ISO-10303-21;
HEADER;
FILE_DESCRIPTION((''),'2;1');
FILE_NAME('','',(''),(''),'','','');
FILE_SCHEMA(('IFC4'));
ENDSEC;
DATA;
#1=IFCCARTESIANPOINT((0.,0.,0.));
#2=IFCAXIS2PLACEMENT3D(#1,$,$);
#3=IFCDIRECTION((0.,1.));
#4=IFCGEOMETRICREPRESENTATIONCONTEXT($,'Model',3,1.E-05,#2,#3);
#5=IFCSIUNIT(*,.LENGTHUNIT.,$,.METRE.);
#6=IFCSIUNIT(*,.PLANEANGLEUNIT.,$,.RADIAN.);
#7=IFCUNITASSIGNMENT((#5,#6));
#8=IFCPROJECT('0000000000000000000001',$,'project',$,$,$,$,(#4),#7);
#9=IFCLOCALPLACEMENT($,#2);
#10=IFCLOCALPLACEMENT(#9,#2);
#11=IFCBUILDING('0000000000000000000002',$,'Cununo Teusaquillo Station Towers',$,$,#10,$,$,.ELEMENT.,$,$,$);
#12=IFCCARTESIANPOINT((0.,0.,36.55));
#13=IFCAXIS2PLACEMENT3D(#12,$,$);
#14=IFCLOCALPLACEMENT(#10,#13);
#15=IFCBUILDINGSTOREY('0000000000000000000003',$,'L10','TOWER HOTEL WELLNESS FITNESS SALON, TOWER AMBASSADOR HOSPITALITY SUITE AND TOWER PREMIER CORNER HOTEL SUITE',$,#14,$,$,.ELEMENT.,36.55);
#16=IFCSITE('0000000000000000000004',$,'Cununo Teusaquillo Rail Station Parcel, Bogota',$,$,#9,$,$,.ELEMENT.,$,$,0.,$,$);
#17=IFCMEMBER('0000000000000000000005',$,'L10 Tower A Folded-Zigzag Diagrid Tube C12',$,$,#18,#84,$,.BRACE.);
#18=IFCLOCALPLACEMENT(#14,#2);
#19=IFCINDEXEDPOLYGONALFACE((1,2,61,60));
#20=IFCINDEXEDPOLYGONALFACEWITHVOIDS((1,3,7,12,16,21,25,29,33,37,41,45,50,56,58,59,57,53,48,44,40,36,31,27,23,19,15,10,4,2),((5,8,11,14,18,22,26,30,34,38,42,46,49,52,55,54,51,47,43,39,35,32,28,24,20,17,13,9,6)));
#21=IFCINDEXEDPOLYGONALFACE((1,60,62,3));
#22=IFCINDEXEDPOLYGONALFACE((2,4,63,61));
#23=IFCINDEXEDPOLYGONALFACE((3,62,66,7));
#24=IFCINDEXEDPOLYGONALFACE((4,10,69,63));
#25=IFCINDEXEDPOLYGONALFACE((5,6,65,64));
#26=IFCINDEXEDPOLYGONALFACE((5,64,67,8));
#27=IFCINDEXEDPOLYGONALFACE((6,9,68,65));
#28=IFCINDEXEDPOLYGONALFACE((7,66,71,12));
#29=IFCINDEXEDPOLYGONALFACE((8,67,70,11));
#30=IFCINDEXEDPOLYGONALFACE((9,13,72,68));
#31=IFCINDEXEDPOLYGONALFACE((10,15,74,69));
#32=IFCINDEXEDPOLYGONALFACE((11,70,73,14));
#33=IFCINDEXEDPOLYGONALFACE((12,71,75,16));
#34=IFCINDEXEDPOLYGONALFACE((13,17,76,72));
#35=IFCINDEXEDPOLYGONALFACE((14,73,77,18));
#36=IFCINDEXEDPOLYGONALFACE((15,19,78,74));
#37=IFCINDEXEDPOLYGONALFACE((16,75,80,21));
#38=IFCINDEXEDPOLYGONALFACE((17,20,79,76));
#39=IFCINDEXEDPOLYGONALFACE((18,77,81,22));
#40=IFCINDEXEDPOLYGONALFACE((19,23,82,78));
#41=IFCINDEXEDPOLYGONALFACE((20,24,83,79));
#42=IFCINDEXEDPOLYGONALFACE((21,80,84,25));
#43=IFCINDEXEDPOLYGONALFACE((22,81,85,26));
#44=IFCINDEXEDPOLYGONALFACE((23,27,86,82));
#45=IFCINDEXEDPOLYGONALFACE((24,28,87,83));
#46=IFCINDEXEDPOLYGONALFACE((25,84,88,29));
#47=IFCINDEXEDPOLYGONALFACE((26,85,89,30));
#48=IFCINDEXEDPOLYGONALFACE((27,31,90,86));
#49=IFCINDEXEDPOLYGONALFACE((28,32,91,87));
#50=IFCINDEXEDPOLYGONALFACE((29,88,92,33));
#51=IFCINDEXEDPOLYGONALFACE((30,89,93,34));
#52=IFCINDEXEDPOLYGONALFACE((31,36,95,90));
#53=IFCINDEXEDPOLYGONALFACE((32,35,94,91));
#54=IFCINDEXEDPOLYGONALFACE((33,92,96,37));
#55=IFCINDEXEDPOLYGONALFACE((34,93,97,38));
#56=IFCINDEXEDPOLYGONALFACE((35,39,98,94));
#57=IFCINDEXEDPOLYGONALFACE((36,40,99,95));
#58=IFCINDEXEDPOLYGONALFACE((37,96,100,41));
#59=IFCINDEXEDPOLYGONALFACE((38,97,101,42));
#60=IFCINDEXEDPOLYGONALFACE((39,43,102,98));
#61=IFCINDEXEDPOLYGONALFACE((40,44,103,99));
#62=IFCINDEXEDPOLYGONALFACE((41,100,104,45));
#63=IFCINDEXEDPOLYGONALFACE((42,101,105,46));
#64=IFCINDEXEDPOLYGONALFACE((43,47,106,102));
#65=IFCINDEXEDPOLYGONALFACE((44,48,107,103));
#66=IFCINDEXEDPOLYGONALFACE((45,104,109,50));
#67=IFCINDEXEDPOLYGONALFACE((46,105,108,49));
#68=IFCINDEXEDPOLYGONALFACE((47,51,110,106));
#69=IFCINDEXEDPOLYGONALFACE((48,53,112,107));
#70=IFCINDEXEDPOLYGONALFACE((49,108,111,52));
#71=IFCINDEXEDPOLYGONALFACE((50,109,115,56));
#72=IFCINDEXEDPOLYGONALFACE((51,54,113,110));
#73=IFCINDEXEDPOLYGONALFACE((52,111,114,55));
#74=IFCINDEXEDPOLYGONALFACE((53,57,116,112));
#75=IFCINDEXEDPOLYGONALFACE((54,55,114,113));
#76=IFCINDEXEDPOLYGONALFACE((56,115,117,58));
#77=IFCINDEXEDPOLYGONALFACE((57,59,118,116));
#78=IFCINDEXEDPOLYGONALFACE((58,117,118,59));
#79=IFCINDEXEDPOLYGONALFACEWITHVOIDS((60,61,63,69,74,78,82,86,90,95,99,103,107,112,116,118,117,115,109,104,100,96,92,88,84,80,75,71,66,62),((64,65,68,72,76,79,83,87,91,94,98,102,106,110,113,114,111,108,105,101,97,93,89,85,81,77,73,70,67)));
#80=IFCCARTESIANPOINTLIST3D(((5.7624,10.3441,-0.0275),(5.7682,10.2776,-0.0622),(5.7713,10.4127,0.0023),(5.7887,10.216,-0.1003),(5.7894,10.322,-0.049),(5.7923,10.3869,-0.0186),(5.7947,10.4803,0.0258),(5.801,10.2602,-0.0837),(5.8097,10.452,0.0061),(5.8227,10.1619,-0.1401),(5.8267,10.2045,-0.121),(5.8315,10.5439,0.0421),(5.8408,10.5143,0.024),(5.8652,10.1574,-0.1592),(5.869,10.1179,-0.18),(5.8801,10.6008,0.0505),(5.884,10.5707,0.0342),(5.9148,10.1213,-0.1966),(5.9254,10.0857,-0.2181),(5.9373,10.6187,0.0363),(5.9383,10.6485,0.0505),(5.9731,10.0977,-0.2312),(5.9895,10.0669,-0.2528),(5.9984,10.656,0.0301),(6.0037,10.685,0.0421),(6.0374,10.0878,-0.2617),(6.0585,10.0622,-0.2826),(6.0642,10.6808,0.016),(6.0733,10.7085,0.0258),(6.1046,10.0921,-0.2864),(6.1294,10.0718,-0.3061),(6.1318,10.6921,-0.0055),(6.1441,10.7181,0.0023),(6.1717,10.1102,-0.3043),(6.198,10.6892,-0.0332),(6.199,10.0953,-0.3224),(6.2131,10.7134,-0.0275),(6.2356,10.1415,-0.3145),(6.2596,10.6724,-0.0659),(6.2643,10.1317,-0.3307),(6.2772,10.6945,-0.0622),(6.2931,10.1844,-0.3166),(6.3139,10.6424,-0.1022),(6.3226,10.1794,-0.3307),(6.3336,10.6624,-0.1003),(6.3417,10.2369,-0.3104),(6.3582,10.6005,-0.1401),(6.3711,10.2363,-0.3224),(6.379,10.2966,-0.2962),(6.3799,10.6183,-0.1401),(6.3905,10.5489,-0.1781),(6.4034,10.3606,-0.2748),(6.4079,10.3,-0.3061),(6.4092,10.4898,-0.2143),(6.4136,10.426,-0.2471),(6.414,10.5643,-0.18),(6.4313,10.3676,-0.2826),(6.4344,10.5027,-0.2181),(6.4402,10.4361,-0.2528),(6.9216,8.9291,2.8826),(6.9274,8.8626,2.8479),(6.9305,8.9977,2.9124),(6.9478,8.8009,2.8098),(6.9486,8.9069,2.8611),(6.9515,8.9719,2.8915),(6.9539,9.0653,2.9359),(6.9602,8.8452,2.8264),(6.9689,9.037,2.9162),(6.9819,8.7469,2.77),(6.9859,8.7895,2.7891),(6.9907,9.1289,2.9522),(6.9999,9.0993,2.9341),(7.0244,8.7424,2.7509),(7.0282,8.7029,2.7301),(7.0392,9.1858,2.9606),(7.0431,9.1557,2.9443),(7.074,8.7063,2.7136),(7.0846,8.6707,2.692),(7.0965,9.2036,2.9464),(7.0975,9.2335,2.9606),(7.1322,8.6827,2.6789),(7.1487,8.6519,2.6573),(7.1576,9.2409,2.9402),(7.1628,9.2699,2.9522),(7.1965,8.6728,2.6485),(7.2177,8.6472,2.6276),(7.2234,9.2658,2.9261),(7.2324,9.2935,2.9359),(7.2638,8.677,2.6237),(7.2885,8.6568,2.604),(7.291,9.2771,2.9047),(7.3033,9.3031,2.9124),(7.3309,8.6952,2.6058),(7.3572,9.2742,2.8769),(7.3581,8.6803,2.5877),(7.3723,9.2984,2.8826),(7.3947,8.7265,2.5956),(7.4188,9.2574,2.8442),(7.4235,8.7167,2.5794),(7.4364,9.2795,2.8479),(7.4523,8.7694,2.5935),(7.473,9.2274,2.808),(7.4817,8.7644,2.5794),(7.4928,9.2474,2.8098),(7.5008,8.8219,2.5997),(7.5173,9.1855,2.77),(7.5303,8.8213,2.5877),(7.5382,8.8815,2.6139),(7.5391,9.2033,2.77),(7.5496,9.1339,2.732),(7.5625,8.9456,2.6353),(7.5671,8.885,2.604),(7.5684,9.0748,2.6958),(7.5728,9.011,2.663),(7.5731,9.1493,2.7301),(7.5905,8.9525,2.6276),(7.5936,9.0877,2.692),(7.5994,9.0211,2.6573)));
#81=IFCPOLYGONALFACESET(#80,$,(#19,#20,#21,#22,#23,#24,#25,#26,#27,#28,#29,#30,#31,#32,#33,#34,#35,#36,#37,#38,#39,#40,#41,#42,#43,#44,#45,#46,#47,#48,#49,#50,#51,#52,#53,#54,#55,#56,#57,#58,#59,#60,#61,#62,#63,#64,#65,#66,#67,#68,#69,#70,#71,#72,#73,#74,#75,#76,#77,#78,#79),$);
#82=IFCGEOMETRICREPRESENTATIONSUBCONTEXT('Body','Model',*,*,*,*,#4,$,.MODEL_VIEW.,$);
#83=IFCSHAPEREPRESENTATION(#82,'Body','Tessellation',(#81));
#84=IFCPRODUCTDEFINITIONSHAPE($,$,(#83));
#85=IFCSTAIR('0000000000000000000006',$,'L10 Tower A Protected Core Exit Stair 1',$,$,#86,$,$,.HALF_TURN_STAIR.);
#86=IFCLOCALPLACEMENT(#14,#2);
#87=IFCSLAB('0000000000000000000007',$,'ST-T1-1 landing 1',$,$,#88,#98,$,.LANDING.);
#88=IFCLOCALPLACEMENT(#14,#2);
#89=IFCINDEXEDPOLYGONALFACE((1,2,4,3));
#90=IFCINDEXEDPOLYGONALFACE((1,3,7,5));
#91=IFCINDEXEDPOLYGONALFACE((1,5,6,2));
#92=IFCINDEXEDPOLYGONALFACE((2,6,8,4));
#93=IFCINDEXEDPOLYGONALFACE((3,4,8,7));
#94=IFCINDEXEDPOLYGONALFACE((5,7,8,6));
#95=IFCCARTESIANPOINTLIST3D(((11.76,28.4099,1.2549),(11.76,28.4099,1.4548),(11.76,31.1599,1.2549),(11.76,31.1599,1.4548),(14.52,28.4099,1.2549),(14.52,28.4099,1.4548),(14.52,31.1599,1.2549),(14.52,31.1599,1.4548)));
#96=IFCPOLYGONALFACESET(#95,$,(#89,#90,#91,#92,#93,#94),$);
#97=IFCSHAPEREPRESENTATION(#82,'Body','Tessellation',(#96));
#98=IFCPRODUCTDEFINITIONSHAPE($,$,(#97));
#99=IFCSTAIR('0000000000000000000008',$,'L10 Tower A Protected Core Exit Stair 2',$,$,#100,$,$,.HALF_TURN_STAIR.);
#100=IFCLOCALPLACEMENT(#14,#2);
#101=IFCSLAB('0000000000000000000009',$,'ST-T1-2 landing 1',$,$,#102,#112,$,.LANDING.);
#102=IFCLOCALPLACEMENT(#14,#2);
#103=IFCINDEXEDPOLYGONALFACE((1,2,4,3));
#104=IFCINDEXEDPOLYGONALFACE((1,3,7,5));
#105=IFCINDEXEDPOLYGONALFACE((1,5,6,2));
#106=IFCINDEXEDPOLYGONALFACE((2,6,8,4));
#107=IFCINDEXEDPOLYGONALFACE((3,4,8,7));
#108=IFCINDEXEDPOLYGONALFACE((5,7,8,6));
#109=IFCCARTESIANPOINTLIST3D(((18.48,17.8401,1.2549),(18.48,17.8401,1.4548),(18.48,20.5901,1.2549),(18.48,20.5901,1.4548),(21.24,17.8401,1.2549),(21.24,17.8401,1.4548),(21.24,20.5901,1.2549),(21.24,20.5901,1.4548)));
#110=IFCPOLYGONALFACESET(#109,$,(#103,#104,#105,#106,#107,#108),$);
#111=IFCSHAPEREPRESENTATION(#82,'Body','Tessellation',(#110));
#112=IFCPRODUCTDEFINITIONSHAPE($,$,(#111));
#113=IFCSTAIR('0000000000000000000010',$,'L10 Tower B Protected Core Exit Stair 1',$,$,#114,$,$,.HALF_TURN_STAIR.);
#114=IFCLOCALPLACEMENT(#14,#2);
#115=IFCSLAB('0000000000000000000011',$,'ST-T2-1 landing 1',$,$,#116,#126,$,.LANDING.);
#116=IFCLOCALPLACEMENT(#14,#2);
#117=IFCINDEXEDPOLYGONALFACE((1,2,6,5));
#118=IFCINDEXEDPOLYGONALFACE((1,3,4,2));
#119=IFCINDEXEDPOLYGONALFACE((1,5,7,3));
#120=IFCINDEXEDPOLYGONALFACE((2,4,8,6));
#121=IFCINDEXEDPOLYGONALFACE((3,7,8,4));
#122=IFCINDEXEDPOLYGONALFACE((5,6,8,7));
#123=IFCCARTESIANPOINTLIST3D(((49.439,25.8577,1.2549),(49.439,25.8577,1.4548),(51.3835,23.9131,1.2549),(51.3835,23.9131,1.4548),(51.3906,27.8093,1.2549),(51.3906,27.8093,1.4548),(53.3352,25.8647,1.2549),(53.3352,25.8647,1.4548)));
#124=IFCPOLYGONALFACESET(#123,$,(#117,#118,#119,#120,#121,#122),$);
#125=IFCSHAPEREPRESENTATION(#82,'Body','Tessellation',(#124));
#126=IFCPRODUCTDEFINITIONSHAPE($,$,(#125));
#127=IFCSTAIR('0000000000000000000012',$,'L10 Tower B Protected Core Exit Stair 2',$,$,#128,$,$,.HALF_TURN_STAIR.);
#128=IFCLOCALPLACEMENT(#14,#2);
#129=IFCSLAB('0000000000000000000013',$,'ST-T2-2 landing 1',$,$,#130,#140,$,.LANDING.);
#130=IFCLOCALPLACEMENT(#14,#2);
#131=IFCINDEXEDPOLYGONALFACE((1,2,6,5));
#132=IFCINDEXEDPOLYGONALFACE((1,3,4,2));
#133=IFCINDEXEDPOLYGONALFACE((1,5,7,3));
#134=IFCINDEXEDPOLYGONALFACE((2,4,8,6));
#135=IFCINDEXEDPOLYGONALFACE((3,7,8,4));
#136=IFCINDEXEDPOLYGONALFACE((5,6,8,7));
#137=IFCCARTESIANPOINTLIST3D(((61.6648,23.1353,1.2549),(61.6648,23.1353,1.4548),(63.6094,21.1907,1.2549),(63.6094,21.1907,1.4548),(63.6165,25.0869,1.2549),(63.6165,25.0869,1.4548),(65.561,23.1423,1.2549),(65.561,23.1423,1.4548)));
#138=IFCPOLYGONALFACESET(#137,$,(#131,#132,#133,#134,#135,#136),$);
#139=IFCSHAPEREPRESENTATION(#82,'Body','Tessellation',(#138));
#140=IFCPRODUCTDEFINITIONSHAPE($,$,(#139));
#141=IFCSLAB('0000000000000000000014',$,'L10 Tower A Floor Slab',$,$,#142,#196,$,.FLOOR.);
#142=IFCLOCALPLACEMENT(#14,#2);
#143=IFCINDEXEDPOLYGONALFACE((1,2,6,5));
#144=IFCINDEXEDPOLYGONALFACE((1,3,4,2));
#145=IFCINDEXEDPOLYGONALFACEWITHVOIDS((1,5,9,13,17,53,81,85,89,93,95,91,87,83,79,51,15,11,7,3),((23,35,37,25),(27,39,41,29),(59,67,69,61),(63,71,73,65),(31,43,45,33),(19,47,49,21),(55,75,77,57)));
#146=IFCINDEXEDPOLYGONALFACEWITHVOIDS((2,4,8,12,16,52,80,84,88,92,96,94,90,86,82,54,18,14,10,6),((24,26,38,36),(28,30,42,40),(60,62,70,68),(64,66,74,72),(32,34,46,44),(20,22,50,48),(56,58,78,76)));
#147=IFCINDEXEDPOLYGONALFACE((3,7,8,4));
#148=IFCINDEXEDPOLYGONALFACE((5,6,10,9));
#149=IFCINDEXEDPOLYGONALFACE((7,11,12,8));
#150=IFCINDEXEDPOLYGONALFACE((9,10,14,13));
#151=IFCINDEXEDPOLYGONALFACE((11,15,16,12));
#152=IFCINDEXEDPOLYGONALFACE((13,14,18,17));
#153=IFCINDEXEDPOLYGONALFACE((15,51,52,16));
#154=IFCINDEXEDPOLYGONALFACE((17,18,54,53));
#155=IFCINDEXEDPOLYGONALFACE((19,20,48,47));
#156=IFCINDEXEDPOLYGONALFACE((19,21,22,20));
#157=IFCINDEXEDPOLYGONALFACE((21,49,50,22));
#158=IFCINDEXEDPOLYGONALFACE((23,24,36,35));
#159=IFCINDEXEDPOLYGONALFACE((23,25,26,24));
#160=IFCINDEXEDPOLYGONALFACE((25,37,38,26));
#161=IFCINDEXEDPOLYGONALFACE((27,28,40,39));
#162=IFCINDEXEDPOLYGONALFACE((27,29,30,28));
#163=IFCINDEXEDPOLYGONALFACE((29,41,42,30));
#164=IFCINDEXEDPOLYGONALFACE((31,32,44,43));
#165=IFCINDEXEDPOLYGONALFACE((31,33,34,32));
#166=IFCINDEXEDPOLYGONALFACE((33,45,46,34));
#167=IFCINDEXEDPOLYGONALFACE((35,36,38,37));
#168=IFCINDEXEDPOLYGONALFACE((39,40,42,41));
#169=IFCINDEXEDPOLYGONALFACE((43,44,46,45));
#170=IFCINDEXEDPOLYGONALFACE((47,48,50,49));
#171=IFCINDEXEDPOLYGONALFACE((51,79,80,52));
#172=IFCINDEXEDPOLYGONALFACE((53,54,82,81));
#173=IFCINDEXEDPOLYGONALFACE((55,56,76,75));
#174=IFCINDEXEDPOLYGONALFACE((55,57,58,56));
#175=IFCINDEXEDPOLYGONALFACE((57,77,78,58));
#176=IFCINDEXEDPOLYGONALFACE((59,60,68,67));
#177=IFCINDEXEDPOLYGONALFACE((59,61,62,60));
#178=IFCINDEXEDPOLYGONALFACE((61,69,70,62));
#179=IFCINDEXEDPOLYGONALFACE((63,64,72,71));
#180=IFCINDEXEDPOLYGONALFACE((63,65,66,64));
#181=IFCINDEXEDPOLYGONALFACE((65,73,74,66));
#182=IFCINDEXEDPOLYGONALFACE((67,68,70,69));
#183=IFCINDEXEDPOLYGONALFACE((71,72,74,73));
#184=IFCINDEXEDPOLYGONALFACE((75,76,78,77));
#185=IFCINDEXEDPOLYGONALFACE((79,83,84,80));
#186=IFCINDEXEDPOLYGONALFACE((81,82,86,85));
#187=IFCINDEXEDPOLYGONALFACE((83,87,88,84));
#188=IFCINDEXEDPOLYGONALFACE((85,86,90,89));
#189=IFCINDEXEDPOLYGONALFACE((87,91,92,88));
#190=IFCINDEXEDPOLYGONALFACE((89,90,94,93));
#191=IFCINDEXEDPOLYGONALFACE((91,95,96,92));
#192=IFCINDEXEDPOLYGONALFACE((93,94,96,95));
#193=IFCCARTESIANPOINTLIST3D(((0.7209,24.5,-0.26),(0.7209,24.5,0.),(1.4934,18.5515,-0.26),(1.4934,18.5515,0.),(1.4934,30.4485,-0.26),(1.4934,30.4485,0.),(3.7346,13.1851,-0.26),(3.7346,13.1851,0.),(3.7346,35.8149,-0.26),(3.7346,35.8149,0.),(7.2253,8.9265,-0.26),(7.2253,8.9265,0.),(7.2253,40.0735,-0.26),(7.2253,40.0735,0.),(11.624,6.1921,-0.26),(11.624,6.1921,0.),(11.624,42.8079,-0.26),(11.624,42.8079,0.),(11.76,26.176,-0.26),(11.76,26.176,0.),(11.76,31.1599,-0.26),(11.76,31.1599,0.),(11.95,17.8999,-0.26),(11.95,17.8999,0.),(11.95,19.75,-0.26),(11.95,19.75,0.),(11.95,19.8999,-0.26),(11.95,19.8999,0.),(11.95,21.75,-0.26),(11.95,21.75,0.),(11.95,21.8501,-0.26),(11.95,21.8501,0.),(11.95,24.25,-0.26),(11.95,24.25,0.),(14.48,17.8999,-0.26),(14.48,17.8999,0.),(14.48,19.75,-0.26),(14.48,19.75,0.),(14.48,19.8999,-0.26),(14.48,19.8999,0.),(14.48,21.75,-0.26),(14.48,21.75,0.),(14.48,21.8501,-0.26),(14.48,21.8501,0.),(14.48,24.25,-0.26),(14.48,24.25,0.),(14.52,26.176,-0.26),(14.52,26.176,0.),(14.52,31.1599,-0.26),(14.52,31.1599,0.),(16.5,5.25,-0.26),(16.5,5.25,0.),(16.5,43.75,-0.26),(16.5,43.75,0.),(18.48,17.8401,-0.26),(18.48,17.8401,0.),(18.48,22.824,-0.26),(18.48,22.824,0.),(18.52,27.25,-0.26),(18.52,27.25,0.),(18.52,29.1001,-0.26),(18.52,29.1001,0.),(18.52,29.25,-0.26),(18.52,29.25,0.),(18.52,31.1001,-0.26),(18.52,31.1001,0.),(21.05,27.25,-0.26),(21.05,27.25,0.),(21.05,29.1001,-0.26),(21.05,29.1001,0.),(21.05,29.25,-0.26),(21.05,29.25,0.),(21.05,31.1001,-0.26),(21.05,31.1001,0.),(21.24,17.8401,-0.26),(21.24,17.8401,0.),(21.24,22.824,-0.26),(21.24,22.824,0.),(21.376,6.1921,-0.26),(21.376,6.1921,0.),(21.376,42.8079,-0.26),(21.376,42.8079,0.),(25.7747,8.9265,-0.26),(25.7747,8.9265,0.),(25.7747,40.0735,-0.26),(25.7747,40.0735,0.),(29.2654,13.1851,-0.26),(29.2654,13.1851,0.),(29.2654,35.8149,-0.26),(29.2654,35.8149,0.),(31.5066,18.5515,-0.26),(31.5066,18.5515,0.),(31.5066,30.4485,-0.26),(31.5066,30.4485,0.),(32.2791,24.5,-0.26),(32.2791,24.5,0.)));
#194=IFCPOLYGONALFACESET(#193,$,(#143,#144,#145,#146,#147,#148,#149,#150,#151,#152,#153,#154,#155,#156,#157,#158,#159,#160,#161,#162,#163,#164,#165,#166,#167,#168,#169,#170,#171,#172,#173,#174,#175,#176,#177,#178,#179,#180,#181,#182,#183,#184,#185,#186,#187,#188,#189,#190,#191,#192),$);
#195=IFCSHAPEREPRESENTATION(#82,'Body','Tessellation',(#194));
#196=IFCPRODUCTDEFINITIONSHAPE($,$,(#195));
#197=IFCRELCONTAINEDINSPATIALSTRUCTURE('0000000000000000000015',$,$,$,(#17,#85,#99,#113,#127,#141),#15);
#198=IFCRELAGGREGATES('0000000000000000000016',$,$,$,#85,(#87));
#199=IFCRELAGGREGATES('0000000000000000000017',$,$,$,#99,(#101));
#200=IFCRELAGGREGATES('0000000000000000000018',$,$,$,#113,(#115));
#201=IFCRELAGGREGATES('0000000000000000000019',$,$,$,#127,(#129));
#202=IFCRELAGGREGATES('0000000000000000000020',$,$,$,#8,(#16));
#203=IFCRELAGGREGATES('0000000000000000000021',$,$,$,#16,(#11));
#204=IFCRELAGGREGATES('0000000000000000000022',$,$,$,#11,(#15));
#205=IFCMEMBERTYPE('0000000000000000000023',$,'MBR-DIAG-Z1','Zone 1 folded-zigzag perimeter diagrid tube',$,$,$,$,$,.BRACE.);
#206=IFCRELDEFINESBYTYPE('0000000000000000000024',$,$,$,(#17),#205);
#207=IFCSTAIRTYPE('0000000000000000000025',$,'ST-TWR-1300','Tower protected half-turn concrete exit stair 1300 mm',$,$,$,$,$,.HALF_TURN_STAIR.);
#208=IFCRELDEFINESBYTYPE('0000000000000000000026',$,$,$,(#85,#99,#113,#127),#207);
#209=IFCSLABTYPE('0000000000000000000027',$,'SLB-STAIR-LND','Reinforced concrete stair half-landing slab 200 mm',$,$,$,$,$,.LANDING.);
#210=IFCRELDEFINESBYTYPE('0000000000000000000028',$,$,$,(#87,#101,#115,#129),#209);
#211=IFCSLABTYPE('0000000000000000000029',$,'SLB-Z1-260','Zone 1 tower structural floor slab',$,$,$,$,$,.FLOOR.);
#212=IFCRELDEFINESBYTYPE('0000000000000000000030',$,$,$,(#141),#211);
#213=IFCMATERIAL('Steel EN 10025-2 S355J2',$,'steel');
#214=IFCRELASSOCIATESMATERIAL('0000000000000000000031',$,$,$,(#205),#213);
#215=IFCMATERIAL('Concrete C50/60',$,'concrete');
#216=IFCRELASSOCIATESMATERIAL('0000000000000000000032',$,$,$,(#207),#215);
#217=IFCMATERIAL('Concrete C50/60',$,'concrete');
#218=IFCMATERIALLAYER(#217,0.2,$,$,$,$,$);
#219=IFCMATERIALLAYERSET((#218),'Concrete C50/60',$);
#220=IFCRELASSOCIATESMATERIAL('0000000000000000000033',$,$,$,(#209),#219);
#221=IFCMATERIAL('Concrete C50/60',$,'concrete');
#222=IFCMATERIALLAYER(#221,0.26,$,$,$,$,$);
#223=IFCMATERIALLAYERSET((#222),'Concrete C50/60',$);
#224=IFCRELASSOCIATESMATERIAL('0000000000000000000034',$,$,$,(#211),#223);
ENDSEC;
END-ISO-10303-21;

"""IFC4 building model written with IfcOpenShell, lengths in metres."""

from ifc_helpers import new_model, si_unit, direction, frame, origin, origin_2d, place, context, subcontext, project, spatial, polyline, hollow_circle, outline, extrude, material, layer, layer_set, material_profile, profile_set, type_object, element, aggregate, save


model = new_model("IFC4")

# Units and contexts
model_context = context("Model", 3, precision=1e-05, world=origin(), true_north=direction((0.0, 1.0)))
body_context = subcontext(model_context, "Body", "Model", "MODEL_VIEW")
ifc_project = project(units=[si_unit("LENGTHUNIT", "METRE"), si_unit("PLANEANGLEUNIT", "RADIAN")], contexts=[model_context])

# Site, building, storey
site_placement = place(None, origin())
site = spatial("IfcSite", under=ifc_project, at=site_placement, Name="Cununo Teusaquillo Rail Station Parcel, Bogota", CompositionType="ELEMENT", RefElevation=0.0)
building_placement = place(site_placement, origin())
building = spatial("IfcBuilding", under=site, at=building_placement, Name="Cununo Teusaquillo Station Towers", CompositionType="ELEMENT")
storey_placement = place(building_placement, frame((0.0, 0.0, 36.55)))
storey = spatial("IfcBuildingStorey", under=building, at=storey_placement, Name="L10", Description="TOWER HOTEL WELLNESS FITNESS SALON, TOWER AMBASSADOR HOSPITALITY SUITE AND TOWER PREMIER CORNER HOTEL SUITE", CompositionType="ELEMENT", Elevation=36.55)

# Member
ifc_material_1 = material(Name="Steel EN 10025-2 S355J2", Category="steel")
ifc_material_profile_1 = material_profile(ifc_material_1, hollow_circle(Radius=0.3601, WallThickness=0.0281, at=origin_2d()), Name="CHS 720x28")
ifc_profile_set_1 = profile_set([ifc_material_profile_1], Name="Steel EN 10025-2 S355J2")
member_type = type_object("IfcMemberType", Name="MBR-DIAG-Z1", Description="Zone 1 folded-zigzag perimeter diagrid tube", PredefinedType="BRACE", material=ifc_profile_set_1)
member_placement = place(storey_placement, frame((6.1013, 10.3901, -0.1401), z_axis=(0.337235, -0.411671, 0.84664), x_axis=(0.773577, 0.633703, 0.0)))
element("IfcMember", 1, at=member_placement, inside=storey, type_object=member_type, Name="L10 Tower A Folded-Zigzag Diagrid Tube C12", PredefinedType="BRACE", context=body_context, shape_type="SweptSolid", body=[
    extrude(hollow_circle(Radius=0.3601, WallThickness=0.0281, at=origin_2d()), origin(), (0.0, 0.0, 1.0), 3.4373),
])

# Stairs, slabs
ifc_material_2 = material(Name="Concrete C50/60", Category="concrete")
stair_type = type_object("IfcStairType", Name="ST-TWR-1300", Description="Tower protected half-turn concrete exit stair 1300 mm", PredefinedType="HALF_TURN_STAIR", material=ifc_material_2)
stair_1_placement = place(storey_placement, origin())
stair_1 = element("IfcStair", 2, at=stair_1_placement, inside=storey, type_object=stair_type, Name="L10 Tower A Protected Core Exit Stair 1", PredefinedType="HALF_TURN_STAIR")
ifc_material_3 = material(Name="Concrete C50/60", Category="concrete")
ifc_layer_1 = layer(ifc_material_3, 0.2)
ifc_layer_set_1 = layer_set([ifc_layer_1], Name="Concrete C50/60")
slab_type_1 = type_object("IfcSlabType", Name="SLB-STAIR-LND", Description="Reinforced concrete stair half-landing slab 200 mm", PredefinedType="LANDING", material=ifc_layer_set_1)
slab_1_placement = place(storey_placement, frame((0.0, 0.0, 1.2549)))
slab_1 = element("IfcSlab", 3, at=slab_1_placement, type_object=slab_type_1, Name="ST-T1-1 landing 1", PredefinedType="LANDING", context=body_context, shape_type="SweptSolid", body=[
    extrude(outline(polyline([(14.52, 28.4099), (14.52, 31.1599), (11.76, 31.1599), (11.76, 28.4099), (14.52, 28.4099)])), origin(), (0.0, 0.0, 1.0), 0.2),
])
aggregate(stair_1, [slab_1])
stair_2_placement = place(storey_placement, origin())
stair_2 = element("IfcStair", 4, at=stair_2_placement, inside=storey, type_object=stair_type, Name="L10 Tower A Protected Core Exit Stair 2", PredefinedType="HALF_TURN_STAIR")
slab_2_placement = place(storey_placement, frame((0.0, 0.0, 1.2549)))
slab_2 = element("IfcSlab", 5, at=slab_2_placement, type_object=slab_type_1, Name="ST-T1-2 landing 1", PredefinedType="LANDING", context=body_context, shape_type="SweptSolid", body=[
    extrude(outline(polyline([(18.48, 20.5901), (18.48, 17.8401), (21.24, 17.8401), (21.24, 20.5901), (18.48, 20.5901)])), origin(), (0.0, 0.0, 1.0), 0.2),
])
aggregate(stair_2, [slab_2])
stair_3_placement = place(storey_placement, origin())
stair_3 = element("IfcStair", 6, at=stair_3_placement, inside=storey, type_object=stair_type, Name="L10 Tower B Protected Core Exit Stair 1", PredefinedType="HALF_TURN_STAIR")
slab_3_placement = place(storey_placement, frame((0.0, 0.0, 1.2549)))
slab_3 = element("IfcSlab", 7, at=slab_3_placement, type_object=slab_type_1, Name="ST-T2-1 landing 1", PredefinedType="LANDING", context=body_context, shape_type="SweptSolid", body=[
    extrude(outline(polyline([(53.3352, 25.8647), (51.3906, 27.8093), (49.439, 25.8577), (51.3835, 23.9131), (53.3352, 25.8647)])), origin(), (0.0, 0.0, 1.0), 0.2),
])
aggregate(stair_3, [slab_3])
stair_4_placement = place(storey_placement, origin())
stair_4 = element("IfcStair", 8, at=stair_4_placement, inside=storey, type_object=stair_type, Name="L10 Tower B Protected Core Exit Stair 2", PredefinedType="HALF_TURN_STAIR")
slab_4_placement = place(storey_placement, frame((0.0, 0.0, 1.2549)))
slab_4 = element("IfcSlab", 9, at=slab_4_placement, type_object=slab_type_1, Name="ST-T2-2 landing 1", PredefinedType="LANDING", context=body_context, shape_type="SweptSolid", body=[
    extrude(outline(polyline([(61.6648, 23.1353), (63.6094, 21.1907), (65.561, 23.1423), (63.6165, 25.0869), (61.6648, 23.1353)])), origin(), (0.0, 0.0, 1.0), 0.2),
])
aggregate(stair_4, [slab_4])

# Slab
ifc_material_4 = material(Name="Concrete C50/60", Category="concrete")
ifc_layer_2 = layer(ifc_material_4, 0.26)
ifc_layer_set_2 = layer_set([ifc_layer_2], Name="Concrete C50/60")
slab_type_2 = type_object("IfcSlabType", Name="SLB-Z1-260", Description="Zone 1 tower structural floor slab", PredefinedType="FLOOR", material=ifc_layer_set_2)
slab_5_placement = place(storey_placement, frame((0.0, 0.0, -0.26)))
element("IfcSlab", 10, at=slab_5_placement, inside=storey, type_object=slab_type_2, Name="L10 Tower A Floor Slab", PredefinedType="FLOOR", context=body_context, shape_type="SweptSolid", body=[
    extrude(outline(polyline([(32.2791, 24.5), (31.5066, 30.4485), (29.2654, 35.8149), (25.7747, 40.0735), (21.376, 42.8079), (16.5, 43.75), (11.624, 42.8079), (7.2253, 40.0735), (3.7346, 35.8149), (1.4934, 30.4485), (0.7209, 24.5), (1.4934, 18.5515), (3.7346, 13.1851), (7.2253, 8.9265), (11.624, 6.1921), (16.5, 5.25), (21.376, 6.1921), (25.7747, 8.9265), (29.2654, 13.1851), (31.5066, 18.5515), (32.2791, 24.5)]), holes=[polyline([(14.52, 26.176), (14.52, 31.1599), (11.76, 31.1599), (11.76, 26.176), (14.52, 26.176)]), polyline([(18.48, 22.824), (18.48, 17.8401), (21.24, 17.8401), (21.24, 22.824), (18.48, 22.824)]), polyline([(11.95, 21.8501), (14.48, 21.8501), (14.48, 24.25), (11.95, 24.25), (11.95, 21.8501)]), polyline([(11.95, 17.8999), (14.48, 17.8999), (14.48, 19.75), (11.95, 19.75), (11.95, 17.8999)]), polyline([(11.95, 19.8999), (14.48, 19.8999), (14.48, 21.75), (11.95, 21.75), (11.95, 19.8999)]), polyline([(18.52, 27.25), (21.05, 27.25), (21.05, 29.1001), (18.52, 29.1001), (18.52, 27.25)]), polyline([(18.52, 29.25), (21.05, 29.25), (21.05, 31.1001), (18.52, 31.1001), (18.52, 29.25)])]), origin(), (0.0, 0.0, 1.0), 0.26),
])

save(model, "model.ifc")
